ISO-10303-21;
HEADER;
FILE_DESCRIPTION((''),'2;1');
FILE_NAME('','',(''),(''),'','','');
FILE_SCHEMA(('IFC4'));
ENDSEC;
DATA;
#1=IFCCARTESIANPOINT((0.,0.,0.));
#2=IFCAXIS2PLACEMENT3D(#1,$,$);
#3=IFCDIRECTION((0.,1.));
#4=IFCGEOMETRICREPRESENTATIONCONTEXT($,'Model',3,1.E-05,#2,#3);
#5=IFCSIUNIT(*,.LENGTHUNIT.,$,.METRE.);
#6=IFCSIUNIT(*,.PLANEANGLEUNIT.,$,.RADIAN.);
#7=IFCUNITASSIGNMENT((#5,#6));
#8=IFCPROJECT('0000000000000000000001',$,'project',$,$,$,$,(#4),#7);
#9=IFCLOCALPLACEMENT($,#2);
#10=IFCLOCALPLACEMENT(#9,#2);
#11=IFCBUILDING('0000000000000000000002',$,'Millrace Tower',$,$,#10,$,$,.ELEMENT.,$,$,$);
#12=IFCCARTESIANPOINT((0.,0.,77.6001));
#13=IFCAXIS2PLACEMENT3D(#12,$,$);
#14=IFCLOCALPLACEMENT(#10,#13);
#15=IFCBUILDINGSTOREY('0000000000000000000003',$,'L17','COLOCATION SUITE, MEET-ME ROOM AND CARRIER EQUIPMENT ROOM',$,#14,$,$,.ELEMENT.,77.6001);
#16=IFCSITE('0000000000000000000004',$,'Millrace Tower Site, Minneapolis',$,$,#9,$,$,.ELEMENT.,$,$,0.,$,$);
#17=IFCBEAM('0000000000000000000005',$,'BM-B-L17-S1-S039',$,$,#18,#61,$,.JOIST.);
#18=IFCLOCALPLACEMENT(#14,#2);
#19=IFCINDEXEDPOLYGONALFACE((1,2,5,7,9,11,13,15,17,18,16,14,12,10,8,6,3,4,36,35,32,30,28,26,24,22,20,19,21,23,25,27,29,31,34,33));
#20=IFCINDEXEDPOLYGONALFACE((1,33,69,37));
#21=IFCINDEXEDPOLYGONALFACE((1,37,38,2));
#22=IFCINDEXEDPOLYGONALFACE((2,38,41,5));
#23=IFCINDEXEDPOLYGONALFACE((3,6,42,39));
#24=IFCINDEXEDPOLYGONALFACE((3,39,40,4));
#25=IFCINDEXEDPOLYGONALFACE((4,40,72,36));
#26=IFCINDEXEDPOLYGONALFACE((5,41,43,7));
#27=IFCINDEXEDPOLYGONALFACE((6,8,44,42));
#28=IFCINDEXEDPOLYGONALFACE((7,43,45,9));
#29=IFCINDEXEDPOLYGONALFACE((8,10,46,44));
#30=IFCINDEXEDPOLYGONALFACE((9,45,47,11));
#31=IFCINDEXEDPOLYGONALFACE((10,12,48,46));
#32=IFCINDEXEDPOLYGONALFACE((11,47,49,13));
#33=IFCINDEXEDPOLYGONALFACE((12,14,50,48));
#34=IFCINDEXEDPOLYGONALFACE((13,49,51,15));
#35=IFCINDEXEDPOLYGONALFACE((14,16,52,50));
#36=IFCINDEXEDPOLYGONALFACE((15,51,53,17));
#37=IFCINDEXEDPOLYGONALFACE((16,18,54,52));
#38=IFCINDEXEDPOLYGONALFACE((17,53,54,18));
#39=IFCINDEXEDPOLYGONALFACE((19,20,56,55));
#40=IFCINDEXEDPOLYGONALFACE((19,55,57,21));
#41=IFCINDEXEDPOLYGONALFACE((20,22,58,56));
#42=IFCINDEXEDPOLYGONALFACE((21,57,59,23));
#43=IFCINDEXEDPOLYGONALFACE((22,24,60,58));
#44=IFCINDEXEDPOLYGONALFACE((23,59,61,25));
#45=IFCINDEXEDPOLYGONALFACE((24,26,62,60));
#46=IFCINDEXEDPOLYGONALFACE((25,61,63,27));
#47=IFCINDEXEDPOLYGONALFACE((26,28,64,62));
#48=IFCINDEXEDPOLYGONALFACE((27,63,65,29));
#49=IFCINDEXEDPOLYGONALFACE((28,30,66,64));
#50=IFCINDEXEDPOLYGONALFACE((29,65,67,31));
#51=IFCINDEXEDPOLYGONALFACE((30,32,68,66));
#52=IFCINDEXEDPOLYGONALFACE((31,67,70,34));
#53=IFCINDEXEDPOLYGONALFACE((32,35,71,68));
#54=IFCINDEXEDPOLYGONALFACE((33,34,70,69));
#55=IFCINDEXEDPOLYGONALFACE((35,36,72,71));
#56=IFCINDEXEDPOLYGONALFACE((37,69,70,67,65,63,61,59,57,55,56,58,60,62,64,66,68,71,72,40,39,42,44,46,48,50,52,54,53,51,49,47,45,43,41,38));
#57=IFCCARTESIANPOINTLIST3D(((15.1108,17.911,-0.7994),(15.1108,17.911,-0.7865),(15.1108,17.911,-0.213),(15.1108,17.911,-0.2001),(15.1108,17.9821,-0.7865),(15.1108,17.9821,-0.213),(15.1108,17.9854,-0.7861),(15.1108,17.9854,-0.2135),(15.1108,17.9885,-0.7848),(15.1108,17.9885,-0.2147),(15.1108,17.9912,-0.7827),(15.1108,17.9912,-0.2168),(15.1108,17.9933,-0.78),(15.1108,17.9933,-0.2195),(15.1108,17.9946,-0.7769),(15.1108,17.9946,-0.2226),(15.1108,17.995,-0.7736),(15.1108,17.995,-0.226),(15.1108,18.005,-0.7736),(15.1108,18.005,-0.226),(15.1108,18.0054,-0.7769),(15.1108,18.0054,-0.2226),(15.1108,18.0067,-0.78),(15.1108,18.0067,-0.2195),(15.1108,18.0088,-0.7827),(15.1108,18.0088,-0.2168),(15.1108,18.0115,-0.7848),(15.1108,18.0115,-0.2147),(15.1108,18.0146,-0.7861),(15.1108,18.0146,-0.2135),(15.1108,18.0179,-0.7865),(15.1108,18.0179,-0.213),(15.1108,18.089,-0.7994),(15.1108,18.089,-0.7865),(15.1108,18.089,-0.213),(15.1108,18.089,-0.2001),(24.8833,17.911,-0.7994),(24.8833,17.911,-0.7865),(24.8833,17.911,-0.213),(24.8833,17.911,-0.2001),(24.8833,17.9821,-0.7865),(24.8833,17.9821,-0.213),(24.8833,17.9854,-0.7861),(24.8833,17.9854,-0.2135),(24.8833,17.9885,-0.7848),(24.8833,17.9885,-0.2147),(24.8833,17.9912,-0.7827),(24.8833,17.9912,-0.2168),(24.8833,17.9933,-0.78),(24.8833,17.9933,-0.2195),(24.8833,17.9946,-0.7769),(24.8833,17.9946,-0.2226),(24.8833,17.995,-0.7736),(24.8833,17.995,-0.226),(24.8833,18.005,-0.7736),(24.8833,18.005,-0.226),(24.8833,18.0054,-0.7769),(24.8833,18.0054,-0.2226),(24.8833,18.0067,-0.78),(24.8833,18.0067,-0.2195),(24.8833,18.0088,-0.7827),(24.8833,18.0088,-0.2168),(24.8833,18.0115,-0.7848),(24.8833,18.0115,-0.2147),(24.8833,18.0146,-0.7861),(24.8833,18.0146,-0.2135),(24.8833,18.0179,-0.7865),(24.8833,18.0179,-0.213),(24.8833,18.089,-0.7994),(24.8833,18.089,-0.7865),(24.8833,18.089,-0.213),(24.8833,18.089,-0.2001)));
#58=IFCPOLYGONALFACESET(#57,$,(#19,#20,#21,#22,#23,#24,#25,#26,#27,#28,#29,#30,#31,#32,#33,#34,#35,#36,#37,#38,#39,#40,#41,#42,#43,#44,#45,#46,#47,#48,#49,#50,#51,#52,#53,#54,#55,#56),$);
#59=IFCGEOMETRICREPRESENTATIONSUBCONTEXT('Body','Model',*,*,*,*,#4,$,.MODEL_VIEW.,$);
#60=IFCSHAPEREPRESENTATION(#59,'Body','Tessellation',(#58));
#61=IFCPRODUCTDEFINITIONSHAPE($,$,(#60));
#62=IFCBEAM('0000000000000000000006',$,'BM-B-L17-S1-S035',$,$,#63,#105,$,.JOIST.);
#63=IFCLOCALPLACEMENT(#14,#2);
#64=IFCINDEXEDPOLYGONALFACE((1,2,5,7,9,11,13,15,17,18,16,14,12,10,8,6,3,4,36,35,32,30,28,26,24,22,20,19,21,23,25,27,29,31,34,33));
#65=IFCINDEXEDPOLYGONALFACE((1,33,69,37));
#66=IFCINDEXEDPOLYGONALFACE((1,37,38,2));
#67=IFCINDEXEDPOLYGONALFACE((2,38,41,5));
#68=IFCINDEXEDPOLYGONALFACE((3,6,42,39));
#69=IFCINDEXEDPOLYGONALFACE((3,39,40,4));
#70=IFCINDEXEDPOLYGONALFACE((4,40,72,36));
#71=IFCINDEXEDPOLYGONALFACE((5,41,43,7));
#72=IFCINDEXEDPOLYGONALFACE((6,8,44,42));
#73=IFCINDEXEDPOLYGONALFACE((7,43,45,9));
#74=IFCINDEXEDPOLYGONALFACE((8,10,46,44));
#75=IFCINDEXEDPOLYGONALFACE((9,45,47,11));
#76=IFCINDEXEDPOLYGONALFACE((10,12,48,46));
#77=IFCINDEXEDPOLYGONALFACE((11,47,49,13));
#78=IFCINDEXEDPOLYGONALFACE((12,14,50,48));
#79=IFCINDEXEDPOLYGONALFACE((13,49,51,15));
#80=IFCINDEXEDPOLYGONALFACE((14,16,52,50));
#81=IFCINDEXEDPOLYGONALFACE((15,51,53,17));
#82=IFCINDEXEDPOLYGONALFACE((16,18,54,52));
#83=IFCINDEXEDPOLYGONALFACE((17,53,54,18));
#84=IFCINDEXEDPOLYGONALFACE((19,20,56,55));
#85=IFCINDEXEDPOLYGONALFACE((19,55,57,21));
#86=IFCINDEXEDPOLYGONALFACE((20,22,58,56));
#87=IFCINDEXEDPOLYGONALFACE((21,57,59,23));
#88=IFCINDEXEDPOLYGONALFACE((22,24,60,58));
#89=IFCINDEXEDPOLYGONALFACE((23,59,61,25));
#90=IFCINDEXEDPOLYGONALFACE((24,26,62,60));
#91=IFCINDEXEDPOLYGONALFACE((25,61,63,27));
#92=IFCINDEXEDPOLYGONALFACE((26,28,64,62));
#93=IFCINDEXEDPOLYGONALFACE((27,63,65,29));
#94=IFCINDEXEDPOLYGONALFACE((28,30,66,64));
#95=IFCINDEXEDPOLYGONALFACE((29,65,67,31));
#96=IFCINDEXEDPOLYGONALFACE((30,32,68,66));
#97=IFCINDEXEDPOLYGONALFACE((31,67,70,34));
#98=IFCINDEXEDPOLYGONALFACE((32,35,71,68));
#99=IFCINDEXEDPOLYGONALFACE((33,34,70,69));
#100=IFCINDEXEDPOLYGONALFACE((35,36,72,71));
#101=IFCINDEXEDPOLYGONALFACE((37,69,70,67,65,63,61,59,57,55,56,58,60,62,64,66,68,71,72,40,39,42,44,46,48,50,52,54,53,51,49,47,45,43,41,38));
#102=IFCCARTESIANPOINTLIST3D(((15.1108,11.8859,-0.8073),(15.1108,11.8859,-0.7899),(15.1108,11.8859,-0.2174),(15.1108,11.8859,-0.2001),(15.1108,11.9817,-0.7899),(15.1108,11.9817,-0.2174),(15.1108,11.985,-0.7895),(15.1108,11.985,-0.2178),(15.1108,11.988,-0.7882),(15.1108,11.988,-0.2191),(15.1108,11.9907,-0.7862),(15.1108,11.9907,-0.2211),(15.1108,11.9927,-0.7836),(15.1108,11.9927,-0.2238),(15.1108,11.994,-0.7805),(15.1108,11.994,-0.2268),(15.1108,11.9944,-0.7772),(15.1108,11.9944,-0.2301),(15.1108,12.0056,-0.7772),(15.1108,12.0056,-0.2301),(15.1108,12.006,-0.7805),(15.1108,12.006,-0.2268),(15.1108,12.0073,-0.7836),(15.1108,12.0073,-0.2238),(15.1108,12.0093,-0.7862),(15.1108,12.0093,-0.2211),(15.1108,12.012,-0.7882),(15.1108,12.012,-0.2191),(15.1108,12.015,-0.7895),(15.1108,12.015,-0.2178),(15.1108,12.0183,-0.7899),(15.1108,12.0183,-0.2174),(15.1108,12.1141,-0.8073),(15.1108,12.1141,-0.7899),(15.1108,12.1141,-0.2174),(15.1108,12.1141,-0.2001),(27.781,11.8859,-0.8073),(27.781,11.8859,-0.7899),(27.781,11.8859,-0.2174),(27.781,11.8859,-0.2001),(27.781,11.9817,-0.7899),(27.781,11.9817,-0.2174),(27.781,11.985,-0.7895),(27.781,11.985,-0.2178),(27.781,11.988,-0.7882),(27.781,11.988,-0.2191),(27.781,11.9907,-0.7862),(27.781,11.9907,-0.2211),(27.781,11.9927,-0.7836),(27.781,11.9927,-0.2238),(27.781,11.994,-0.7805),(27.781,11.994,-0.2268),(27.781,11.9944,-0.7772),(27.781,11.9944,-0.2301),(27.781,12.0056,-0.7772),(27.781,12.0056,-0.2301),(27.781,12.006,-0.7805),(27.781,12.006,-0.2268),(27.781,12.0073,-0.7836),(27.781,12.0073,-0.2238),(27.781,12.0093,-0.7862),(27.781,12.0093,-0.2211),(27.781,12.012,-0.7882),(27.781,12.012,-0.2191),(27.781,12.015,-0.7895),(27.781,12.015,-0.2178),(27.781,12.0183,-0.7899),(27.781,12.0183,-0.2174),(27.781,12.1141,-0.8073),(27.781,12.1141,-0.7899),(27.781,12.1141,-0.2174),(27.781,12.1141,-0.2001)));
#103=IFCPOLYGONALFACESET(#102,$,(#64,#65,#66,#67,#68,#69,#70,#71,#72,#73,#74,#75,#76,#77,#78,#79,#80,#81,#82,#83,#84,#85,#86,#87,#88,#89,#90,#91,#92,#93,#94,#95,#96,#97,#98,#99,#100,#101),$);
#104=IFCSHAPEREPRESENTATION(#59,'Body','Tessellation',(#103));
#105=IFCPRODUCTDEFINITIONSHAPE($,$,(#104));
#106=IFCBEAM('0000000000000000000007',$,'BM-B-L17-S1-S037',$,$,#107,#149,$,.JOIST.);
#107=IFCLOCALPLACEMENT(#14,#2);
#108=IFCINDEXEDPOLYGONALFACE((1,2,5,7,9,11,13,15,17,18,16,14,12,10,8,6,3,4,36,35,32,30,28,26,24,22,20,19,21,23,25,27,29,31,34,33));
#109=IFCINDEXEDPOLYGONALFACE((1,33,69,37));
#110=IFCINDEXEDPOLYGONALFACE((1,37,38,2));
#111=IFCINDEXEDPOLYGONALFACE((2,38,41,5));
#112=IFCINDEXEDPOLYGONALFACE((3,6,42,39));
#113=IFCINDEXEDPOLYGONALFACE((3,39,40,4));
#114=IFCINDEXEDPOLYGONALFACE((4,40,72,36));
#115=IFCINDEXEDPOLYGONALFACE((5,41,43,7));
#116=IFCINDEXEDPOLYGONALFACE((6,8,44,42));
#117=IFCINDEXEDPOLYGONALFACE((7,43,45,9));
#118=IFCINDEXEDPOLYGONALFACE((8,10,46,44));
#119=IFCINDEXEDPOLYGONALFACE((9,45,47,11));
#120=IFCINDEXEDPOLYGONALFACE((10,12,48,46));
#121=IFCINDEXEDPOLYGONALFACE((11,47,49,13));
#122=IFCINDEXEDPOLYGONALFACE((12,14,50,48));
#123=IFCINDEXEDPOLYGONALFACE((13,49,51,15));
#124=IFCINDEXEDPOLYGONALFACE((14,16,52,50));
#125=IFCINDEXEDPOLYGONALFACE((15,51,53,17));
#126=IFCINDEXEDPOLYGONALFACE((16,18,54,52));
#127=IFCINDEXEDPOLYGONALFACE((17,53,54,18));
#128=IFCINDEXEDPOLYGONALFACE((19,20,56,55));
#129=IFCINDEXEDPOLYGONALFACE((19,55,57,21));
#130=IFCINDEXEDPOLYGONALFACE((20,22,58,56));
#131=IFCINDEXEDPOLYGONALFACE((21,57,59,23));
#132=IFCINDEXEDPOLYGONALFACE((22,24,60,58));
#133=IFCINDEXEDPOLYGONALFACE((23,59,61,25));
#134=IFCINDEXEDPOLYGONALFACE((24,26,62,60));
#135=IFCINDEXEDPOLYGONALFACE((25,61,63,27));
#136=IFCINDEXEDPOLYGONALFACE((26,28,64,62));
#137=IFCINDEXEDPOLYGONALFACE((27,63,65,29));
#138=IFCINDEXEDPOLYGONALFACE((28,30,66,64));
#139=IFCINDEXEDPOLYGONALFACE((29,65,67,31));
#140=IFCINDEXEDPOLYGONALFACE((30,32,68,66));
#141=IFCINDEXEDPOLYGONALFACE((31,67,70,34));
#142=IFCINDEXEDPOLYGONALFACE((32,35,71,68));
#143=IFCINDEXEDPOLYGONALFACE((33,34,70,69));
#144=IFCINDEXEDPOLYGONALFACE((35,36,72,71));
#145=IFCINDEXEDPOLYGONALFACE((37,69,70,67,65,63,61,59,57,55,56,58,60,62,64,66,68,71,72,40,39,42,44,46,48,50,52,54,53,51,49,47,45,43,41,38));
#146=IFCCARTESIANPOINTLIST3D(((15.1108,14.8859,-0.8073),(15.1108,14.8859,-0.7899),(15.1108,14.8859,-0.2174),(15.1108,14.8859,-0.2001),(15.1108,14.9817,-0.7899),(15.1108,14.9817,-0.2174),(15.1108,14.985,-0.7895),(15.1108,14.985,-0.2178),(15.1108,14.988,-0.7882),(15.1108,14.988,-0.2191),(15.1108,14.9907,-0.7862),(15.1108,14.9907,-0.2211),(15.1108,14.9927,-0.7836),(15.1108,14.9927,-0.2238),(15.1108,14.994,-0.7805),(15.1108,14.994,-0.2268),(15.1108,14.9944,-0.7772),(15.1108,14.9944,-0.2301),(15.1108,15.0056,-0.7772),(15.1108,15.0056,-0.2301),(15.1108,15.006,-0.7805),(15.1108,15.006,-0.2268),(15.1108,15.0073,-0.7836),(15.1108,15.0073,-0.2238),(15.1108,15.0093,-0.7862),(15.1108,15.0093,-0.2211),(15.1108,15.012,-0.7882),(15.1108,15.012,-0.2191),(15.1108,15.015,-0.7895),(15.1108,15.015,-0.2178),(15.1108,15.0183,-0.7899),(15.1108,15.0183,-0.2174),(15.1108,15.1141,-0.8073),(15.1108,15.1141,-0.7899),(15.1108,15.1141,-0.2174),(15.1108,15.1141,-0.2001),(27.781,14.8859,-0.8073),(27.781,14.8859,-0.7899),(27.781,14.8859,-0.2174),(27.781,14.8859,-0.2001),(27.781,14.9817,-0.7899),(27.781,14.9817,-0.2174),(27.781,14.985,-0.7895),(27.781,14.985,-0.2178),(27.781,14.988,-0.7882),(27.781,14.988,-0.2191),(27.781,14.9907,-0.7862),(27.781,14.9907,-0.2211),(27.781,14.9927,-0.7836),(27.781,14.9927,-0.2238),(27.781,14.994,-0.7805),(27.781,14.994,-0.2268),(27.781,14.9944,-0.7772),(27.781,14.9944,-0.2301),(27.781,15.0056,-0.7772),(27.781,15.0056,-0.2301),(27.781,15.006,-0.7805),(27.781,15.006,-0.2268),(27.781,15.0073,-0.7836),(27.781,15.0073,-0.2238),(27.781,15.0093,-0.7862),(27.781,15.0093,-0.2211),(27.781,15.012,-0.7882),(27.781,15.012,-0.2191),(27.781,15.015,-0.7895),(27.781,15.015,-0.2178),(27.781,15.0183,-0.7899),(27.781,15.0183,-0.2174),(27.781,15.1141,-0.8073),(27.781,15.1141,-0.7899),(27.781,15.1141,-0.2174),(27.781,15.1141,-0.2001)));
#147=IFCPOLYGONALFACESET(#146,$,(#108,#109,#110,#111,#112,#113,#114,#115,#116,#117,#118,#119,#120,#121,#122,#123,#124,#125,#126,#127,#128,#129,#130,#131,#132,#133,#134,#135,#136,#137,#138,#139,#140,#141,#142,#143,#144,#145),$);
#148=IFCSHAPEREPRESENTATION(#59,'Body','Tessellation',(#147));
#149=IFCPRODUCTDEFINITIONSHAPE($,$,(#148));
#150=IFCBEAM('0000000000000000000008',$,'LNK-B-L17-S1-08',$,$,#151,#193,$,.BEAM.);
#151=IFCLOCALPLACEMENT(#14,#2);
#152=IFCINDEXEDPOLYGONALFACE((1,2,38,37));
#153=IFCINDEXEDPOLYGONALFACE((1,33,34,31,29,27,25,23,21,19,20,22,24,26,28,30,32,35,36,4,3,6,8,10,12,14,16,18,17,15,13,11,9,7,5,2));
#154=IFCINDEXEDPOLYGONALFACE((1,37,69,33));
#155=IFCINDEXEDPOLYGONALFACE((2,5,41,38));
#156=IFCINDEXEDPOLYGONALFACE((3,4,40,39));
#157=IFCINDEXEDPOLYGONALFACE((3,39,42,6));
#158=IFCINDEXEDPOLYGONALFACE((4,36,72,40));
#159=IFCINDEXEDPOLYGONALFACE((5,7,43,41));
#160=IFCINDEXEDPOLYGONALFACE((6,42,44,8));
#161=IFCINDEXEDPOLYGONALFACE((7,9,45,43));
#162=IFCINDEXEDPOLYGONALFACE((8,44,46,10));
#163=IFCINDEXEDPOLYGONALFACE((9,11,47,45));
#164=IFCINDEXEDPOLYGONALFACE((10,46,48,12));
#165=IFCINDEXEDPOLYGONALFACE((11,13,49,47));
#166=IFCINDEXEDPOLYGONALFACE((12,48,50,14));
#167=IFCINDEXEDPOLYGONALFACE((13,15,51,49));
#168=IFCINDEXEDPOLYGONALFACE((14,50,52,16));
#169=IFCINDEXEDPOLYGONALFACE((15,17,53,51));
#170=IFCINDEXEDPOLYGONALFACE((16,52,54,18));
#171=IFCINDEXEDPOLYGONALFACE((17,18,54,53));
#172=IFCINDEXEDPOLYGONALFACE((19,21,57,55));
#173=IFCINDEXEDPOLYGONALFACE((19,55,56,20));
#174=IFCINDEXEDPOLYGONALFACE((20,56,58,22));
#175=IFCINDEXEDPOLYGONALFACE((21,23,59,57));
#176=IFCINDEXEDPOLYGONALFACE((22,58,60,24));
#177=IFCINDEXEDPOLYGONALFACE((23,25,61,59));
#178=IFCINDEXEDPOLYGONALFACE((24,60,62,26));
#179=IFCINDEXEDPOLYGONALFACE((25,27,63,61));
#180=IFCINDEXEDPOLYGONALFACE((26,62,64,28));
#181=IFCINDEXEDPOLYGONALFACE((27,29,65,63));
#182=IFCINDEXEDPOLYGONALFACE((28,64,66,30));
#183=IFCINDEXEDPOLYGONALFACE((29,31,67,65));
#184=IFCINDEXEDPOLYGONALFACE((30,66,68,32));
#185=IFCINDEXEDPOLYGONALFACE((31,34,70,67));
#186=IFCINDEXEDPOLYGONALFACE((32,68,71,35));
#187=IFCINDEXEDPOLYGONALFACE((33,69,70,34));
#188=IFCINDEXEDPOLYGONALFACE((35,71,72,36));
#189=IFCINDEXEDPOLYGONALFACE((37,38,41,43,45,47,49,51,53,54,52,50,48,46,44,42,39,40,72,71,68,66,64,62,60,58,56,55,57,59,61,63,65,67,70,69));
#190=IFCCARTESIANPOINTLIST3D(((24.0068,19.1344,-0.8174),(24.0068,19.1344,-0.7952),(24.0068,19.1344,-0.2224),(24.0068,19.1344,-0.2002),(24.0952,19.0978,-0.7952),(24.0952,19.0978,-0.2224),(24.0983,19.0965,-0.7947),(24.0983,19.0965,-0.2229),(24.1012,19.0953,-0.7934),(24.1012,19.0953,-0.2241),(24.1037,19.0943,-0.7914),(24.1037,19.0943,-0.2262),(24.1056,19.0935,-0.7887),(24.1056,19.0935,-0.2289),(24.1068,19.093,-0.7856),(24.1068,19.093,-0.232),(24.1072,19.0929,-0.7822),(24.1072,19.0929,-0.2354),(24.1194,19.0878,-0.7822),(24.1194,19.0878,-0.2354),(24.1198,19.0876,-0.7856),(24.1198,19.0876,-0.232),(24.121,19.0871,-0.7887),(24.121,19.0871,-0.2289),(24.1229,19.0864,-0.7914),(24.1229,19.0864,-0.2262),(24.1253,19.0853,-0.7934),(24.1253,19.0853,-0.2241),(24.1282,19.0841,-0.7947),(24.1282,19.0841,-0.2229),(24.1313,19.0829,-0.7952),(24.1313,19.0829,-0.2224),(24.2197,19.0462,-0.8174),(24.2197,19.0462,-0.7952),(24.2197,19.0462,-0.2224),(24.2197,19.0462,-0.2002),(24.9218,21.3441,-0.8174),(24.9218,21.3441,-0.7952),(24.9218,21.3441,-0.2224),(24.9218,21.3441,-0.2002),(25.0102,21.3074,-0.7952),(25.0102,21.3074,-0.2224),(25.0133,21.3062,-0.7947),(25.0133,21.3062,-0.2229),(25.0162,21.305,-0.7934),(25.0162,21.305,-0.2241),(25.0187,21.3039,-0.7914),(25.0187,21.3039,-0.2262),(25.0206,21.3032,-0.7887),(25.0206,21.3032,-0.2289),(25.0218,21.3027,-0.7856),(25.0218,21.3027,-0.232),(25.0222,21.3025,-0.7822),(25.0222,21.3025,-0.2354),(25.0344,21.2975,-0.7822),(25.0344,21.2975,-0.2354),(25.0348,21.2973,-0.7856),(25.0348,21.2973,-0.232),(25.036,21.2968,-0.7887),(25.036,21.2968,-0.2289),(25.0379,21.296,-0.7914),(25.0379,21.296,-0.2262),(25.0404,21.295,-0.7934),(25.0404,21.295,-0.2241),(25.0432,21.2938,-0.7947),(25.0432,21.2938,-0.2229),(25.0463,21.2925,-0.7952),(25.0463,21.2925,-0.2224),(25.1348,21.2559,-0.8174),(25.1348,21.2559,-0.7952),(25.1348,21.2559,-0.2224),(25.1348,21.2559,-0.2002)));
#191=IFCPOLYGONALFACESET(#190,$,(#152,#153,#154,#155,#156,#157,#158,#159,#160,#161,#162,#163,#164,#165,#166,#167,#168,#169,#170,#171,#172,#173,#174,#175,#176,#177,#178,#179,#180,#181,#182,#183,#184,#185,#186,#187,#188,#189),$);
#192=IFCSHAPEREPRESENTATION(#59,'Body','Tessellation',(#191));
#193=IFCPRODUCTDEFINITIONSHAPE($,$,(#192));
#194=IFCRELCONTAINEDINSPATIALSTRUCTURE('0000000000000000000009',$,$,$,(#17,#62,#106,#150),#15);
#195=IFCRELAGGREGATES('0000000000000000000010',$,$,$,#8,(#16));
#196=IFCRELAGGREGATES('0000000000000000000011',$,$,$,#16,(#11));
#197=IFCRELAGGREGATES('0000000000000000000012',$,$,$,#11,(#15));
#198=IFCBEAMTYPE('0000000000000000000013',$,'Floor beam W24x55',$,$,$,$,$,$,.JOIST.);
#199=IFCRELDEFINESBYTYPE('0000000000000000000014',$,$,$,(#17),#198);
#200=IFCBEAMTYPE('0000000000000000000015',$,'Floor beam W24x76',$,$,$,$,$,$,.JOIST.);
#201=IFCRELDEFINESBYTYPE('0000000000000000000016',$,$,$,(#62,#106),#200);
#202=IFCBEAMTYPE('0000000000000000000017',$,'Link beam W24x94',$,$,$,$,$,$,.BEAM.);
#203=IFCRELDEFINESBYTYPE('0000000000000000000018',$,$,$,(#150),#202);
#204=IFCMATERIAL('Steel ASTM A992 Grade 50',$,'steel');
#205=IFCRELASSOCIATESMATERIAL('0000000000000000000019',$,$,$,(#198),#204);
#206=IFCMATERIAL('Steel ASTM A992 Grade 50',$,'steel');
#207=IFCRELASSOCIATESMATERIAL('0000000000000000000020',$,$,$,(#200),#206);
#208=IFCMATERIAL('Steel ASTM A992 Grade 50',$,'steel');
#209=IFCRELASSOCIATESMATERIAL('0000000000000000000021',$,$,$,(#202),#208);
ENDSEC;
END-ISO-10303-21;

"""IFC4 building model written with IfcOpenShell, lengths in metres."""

from ifc_helpers import new_model, si_unit, direction, frame, origin, origin_2d, place, context, subcontext, project, spatial, i_section, extrude, material, material_profile, profile_set, type_object, element, save


model = new_model("IFC4")

# Units and contexts
model_context = context("Model", 3, precision=1e-05, world=origin(), true_north=direction((0.0, 1.0)))
body_context = subcontext(model_context, "Body", "Model", "MODEL_VIEW")
ifc_project = project(units=[si_unit("LENGTHUNIT", "METRE"), si_unit("PLANEANGLEUNIT", "RADIAN")], contexts=[model_context])

# Site, building, storey
site_placement = place(None, origin())
site = spatial("IfcSite", under=ifc_project, at=site_placement, Name="Millrace Tower Site, Minneapolis", CompositionType="ELEMENT", RefElevation=0.0)
building_placement = place(site_placement, origin())
building = spatial("IfcBuilding", under=site, at=building_placement, Name="Millrace Tower", CompositionType="ELEMENT")
storey_placement = place(building_placement, frame((0.0, 0.0, 77.6001)))
storey = spatial("IfcBuildingStorey", under=building, at=storey_placement, Name="L17", Description="COLOCATION SUITE, MEET-ME ROOM AND CARRIER EQUIPMENT ROOM", CompositionType="ELEMENT", Elevation=77.6001)

# Beams
ifc_material_1 = material(Name="Steel ASTM A992 Grade 50", Category="steel")
ifc_material_profile_1 = material_profile(ifc_material_1, i_section(OverallWidth=0.178, OverallDepth=0.5994, WebThickness=0.01, FlangeThickness=0.0129, FilletRadius=0.0129, at=origin_2d()))
ifc_profile_set_1 = profile_set([ifc_material_profile_1], Name="Steel ASTM A992 Grade 50")
beam_type_1 = type_object("IfcBeamType", Name="Floor beam W24x55", PredefinedType="JOIST", material=ifc_profile_set_1)
beam_1_placement = place(storey_placement, frame((15.1108, 18.0, -0.4998), z_axis=(1.0, 0.0, 0.0), x_axis=(0.0, 1.0, 0.0)))
element("IfcBeam", 1, at=beam_1_placement, inside=storey, type_object=beam_type_1, Name="BM-B-L17-S1-S039", PredefinedType="JOIST", context=body_context, shape_type="SweptSolid", body=[
    extrude(i_section(OverallWidth=0.178, OverallDepth=0.5994, WebThickness=0.01, FlangeThickness=0.0129, FilletRadius=0.0129, at=origin_2d()), origin(), (0.0, 0.0, 1.0), 9.7725),
])
ifc_material_2 = material(Name="Steel ASTM A992 Grade 50", Category="steel")
ifc_material_profile_2 = material_profile(ifc_material_2, i_section(OverallWidth=0.2283, OverallDepth=0.6072, WebThickness=0.0112, FlangeThickness=0.0173, FilletRadius=0.0127, at=origin_2d()))
ifc_profile_set_2 = profile_set([ifc_material_profile_2], Name="Steel ASTM A992 Grade 50")
beam_type_2 = type_object("IfcBeamType", Name="Floor beam W24x76", PredefinedType="JOIST", material=ifc_profile_set_2)
for number, where, z_axis, x_axis, name in (
    (2, (15.1108, 12.0, -0.5037), (1.0, 0.0, 0.0), (0.0, 1.0, 0.0), "BM-B-L17-S1-S035"),
    (3, (15.1108, 15.0, -0.5037), (1.0, 0.0, 0.0), (0.0, 1.0, 0.0), "BM-B-L17-S1-S037"),
):
    element("IfcBeam", number, at=place(storey_placement, frame(where, z_axis=z_axis, x_axis=x_axis)), inside=storey, type_object=beam_type_2, Name=name, PredefinedType="JOIST", context=body_context, shape_type="SweptSolid", body=[
        extrude(i_section(OverallWidth=0.2283, OverallDepth=0.6072, WebThickness=0.0112, FlangeThickness=0.0173, FilletRadius=0.0127, at=origin_2d()), origin(), (0.0, 0.0, 1.0), 12.6702),
    ])
ifc_material_3 = material(Name="Steel ASTM A992 Grade 50", Category="steel")
ifc_material_profile_3 = material_profile(ifc_material_3, i_section(OverallWidth=0.2305, OverallDepth=0.6172, WebThickness=0.0132, FlangeThickness=0.0222, FilletRadius=0.0129, at=origin_2d()))
ifc_profile_set_3 = profile_set([ifc_material_profile_3], Name="Steel ASTM A992 Grade 50")
beam_type_3 = type_object("IfcBeamType", Name="Link beam W24x94", PredefinedType="BEAM", material=ifc_profile_set_3)
for number, where, z_axis, x_axis, name in (
    (4, (24.1133, 19.0903, -0.5088), (0.382592, 0.923917, 0.0), (-0.923917, 0.382592, 0.0), "LNK-B-L17-S1-08"),
):
    element("IfcBeam", number, at=place(storey_placement, frame(where, z_axis=z_axis, x_axis=x_axis)), inside=storey, type_object=beam_type_3, Name=name, PredefinedType="BEAM", context=body_context, shape_type="SweptSolid", body=[
        extrude(i_section(OverallWidth=0.2305, OverallDepth=0.6172, WebThickness=0.0132, FlangeThickness=0.0222, FilletRadius=0.0129, at=origin_2d()), origin(), (0.0, 0.0, 1.0), 2.3916),
    ])

save(model, "model.ifc")
